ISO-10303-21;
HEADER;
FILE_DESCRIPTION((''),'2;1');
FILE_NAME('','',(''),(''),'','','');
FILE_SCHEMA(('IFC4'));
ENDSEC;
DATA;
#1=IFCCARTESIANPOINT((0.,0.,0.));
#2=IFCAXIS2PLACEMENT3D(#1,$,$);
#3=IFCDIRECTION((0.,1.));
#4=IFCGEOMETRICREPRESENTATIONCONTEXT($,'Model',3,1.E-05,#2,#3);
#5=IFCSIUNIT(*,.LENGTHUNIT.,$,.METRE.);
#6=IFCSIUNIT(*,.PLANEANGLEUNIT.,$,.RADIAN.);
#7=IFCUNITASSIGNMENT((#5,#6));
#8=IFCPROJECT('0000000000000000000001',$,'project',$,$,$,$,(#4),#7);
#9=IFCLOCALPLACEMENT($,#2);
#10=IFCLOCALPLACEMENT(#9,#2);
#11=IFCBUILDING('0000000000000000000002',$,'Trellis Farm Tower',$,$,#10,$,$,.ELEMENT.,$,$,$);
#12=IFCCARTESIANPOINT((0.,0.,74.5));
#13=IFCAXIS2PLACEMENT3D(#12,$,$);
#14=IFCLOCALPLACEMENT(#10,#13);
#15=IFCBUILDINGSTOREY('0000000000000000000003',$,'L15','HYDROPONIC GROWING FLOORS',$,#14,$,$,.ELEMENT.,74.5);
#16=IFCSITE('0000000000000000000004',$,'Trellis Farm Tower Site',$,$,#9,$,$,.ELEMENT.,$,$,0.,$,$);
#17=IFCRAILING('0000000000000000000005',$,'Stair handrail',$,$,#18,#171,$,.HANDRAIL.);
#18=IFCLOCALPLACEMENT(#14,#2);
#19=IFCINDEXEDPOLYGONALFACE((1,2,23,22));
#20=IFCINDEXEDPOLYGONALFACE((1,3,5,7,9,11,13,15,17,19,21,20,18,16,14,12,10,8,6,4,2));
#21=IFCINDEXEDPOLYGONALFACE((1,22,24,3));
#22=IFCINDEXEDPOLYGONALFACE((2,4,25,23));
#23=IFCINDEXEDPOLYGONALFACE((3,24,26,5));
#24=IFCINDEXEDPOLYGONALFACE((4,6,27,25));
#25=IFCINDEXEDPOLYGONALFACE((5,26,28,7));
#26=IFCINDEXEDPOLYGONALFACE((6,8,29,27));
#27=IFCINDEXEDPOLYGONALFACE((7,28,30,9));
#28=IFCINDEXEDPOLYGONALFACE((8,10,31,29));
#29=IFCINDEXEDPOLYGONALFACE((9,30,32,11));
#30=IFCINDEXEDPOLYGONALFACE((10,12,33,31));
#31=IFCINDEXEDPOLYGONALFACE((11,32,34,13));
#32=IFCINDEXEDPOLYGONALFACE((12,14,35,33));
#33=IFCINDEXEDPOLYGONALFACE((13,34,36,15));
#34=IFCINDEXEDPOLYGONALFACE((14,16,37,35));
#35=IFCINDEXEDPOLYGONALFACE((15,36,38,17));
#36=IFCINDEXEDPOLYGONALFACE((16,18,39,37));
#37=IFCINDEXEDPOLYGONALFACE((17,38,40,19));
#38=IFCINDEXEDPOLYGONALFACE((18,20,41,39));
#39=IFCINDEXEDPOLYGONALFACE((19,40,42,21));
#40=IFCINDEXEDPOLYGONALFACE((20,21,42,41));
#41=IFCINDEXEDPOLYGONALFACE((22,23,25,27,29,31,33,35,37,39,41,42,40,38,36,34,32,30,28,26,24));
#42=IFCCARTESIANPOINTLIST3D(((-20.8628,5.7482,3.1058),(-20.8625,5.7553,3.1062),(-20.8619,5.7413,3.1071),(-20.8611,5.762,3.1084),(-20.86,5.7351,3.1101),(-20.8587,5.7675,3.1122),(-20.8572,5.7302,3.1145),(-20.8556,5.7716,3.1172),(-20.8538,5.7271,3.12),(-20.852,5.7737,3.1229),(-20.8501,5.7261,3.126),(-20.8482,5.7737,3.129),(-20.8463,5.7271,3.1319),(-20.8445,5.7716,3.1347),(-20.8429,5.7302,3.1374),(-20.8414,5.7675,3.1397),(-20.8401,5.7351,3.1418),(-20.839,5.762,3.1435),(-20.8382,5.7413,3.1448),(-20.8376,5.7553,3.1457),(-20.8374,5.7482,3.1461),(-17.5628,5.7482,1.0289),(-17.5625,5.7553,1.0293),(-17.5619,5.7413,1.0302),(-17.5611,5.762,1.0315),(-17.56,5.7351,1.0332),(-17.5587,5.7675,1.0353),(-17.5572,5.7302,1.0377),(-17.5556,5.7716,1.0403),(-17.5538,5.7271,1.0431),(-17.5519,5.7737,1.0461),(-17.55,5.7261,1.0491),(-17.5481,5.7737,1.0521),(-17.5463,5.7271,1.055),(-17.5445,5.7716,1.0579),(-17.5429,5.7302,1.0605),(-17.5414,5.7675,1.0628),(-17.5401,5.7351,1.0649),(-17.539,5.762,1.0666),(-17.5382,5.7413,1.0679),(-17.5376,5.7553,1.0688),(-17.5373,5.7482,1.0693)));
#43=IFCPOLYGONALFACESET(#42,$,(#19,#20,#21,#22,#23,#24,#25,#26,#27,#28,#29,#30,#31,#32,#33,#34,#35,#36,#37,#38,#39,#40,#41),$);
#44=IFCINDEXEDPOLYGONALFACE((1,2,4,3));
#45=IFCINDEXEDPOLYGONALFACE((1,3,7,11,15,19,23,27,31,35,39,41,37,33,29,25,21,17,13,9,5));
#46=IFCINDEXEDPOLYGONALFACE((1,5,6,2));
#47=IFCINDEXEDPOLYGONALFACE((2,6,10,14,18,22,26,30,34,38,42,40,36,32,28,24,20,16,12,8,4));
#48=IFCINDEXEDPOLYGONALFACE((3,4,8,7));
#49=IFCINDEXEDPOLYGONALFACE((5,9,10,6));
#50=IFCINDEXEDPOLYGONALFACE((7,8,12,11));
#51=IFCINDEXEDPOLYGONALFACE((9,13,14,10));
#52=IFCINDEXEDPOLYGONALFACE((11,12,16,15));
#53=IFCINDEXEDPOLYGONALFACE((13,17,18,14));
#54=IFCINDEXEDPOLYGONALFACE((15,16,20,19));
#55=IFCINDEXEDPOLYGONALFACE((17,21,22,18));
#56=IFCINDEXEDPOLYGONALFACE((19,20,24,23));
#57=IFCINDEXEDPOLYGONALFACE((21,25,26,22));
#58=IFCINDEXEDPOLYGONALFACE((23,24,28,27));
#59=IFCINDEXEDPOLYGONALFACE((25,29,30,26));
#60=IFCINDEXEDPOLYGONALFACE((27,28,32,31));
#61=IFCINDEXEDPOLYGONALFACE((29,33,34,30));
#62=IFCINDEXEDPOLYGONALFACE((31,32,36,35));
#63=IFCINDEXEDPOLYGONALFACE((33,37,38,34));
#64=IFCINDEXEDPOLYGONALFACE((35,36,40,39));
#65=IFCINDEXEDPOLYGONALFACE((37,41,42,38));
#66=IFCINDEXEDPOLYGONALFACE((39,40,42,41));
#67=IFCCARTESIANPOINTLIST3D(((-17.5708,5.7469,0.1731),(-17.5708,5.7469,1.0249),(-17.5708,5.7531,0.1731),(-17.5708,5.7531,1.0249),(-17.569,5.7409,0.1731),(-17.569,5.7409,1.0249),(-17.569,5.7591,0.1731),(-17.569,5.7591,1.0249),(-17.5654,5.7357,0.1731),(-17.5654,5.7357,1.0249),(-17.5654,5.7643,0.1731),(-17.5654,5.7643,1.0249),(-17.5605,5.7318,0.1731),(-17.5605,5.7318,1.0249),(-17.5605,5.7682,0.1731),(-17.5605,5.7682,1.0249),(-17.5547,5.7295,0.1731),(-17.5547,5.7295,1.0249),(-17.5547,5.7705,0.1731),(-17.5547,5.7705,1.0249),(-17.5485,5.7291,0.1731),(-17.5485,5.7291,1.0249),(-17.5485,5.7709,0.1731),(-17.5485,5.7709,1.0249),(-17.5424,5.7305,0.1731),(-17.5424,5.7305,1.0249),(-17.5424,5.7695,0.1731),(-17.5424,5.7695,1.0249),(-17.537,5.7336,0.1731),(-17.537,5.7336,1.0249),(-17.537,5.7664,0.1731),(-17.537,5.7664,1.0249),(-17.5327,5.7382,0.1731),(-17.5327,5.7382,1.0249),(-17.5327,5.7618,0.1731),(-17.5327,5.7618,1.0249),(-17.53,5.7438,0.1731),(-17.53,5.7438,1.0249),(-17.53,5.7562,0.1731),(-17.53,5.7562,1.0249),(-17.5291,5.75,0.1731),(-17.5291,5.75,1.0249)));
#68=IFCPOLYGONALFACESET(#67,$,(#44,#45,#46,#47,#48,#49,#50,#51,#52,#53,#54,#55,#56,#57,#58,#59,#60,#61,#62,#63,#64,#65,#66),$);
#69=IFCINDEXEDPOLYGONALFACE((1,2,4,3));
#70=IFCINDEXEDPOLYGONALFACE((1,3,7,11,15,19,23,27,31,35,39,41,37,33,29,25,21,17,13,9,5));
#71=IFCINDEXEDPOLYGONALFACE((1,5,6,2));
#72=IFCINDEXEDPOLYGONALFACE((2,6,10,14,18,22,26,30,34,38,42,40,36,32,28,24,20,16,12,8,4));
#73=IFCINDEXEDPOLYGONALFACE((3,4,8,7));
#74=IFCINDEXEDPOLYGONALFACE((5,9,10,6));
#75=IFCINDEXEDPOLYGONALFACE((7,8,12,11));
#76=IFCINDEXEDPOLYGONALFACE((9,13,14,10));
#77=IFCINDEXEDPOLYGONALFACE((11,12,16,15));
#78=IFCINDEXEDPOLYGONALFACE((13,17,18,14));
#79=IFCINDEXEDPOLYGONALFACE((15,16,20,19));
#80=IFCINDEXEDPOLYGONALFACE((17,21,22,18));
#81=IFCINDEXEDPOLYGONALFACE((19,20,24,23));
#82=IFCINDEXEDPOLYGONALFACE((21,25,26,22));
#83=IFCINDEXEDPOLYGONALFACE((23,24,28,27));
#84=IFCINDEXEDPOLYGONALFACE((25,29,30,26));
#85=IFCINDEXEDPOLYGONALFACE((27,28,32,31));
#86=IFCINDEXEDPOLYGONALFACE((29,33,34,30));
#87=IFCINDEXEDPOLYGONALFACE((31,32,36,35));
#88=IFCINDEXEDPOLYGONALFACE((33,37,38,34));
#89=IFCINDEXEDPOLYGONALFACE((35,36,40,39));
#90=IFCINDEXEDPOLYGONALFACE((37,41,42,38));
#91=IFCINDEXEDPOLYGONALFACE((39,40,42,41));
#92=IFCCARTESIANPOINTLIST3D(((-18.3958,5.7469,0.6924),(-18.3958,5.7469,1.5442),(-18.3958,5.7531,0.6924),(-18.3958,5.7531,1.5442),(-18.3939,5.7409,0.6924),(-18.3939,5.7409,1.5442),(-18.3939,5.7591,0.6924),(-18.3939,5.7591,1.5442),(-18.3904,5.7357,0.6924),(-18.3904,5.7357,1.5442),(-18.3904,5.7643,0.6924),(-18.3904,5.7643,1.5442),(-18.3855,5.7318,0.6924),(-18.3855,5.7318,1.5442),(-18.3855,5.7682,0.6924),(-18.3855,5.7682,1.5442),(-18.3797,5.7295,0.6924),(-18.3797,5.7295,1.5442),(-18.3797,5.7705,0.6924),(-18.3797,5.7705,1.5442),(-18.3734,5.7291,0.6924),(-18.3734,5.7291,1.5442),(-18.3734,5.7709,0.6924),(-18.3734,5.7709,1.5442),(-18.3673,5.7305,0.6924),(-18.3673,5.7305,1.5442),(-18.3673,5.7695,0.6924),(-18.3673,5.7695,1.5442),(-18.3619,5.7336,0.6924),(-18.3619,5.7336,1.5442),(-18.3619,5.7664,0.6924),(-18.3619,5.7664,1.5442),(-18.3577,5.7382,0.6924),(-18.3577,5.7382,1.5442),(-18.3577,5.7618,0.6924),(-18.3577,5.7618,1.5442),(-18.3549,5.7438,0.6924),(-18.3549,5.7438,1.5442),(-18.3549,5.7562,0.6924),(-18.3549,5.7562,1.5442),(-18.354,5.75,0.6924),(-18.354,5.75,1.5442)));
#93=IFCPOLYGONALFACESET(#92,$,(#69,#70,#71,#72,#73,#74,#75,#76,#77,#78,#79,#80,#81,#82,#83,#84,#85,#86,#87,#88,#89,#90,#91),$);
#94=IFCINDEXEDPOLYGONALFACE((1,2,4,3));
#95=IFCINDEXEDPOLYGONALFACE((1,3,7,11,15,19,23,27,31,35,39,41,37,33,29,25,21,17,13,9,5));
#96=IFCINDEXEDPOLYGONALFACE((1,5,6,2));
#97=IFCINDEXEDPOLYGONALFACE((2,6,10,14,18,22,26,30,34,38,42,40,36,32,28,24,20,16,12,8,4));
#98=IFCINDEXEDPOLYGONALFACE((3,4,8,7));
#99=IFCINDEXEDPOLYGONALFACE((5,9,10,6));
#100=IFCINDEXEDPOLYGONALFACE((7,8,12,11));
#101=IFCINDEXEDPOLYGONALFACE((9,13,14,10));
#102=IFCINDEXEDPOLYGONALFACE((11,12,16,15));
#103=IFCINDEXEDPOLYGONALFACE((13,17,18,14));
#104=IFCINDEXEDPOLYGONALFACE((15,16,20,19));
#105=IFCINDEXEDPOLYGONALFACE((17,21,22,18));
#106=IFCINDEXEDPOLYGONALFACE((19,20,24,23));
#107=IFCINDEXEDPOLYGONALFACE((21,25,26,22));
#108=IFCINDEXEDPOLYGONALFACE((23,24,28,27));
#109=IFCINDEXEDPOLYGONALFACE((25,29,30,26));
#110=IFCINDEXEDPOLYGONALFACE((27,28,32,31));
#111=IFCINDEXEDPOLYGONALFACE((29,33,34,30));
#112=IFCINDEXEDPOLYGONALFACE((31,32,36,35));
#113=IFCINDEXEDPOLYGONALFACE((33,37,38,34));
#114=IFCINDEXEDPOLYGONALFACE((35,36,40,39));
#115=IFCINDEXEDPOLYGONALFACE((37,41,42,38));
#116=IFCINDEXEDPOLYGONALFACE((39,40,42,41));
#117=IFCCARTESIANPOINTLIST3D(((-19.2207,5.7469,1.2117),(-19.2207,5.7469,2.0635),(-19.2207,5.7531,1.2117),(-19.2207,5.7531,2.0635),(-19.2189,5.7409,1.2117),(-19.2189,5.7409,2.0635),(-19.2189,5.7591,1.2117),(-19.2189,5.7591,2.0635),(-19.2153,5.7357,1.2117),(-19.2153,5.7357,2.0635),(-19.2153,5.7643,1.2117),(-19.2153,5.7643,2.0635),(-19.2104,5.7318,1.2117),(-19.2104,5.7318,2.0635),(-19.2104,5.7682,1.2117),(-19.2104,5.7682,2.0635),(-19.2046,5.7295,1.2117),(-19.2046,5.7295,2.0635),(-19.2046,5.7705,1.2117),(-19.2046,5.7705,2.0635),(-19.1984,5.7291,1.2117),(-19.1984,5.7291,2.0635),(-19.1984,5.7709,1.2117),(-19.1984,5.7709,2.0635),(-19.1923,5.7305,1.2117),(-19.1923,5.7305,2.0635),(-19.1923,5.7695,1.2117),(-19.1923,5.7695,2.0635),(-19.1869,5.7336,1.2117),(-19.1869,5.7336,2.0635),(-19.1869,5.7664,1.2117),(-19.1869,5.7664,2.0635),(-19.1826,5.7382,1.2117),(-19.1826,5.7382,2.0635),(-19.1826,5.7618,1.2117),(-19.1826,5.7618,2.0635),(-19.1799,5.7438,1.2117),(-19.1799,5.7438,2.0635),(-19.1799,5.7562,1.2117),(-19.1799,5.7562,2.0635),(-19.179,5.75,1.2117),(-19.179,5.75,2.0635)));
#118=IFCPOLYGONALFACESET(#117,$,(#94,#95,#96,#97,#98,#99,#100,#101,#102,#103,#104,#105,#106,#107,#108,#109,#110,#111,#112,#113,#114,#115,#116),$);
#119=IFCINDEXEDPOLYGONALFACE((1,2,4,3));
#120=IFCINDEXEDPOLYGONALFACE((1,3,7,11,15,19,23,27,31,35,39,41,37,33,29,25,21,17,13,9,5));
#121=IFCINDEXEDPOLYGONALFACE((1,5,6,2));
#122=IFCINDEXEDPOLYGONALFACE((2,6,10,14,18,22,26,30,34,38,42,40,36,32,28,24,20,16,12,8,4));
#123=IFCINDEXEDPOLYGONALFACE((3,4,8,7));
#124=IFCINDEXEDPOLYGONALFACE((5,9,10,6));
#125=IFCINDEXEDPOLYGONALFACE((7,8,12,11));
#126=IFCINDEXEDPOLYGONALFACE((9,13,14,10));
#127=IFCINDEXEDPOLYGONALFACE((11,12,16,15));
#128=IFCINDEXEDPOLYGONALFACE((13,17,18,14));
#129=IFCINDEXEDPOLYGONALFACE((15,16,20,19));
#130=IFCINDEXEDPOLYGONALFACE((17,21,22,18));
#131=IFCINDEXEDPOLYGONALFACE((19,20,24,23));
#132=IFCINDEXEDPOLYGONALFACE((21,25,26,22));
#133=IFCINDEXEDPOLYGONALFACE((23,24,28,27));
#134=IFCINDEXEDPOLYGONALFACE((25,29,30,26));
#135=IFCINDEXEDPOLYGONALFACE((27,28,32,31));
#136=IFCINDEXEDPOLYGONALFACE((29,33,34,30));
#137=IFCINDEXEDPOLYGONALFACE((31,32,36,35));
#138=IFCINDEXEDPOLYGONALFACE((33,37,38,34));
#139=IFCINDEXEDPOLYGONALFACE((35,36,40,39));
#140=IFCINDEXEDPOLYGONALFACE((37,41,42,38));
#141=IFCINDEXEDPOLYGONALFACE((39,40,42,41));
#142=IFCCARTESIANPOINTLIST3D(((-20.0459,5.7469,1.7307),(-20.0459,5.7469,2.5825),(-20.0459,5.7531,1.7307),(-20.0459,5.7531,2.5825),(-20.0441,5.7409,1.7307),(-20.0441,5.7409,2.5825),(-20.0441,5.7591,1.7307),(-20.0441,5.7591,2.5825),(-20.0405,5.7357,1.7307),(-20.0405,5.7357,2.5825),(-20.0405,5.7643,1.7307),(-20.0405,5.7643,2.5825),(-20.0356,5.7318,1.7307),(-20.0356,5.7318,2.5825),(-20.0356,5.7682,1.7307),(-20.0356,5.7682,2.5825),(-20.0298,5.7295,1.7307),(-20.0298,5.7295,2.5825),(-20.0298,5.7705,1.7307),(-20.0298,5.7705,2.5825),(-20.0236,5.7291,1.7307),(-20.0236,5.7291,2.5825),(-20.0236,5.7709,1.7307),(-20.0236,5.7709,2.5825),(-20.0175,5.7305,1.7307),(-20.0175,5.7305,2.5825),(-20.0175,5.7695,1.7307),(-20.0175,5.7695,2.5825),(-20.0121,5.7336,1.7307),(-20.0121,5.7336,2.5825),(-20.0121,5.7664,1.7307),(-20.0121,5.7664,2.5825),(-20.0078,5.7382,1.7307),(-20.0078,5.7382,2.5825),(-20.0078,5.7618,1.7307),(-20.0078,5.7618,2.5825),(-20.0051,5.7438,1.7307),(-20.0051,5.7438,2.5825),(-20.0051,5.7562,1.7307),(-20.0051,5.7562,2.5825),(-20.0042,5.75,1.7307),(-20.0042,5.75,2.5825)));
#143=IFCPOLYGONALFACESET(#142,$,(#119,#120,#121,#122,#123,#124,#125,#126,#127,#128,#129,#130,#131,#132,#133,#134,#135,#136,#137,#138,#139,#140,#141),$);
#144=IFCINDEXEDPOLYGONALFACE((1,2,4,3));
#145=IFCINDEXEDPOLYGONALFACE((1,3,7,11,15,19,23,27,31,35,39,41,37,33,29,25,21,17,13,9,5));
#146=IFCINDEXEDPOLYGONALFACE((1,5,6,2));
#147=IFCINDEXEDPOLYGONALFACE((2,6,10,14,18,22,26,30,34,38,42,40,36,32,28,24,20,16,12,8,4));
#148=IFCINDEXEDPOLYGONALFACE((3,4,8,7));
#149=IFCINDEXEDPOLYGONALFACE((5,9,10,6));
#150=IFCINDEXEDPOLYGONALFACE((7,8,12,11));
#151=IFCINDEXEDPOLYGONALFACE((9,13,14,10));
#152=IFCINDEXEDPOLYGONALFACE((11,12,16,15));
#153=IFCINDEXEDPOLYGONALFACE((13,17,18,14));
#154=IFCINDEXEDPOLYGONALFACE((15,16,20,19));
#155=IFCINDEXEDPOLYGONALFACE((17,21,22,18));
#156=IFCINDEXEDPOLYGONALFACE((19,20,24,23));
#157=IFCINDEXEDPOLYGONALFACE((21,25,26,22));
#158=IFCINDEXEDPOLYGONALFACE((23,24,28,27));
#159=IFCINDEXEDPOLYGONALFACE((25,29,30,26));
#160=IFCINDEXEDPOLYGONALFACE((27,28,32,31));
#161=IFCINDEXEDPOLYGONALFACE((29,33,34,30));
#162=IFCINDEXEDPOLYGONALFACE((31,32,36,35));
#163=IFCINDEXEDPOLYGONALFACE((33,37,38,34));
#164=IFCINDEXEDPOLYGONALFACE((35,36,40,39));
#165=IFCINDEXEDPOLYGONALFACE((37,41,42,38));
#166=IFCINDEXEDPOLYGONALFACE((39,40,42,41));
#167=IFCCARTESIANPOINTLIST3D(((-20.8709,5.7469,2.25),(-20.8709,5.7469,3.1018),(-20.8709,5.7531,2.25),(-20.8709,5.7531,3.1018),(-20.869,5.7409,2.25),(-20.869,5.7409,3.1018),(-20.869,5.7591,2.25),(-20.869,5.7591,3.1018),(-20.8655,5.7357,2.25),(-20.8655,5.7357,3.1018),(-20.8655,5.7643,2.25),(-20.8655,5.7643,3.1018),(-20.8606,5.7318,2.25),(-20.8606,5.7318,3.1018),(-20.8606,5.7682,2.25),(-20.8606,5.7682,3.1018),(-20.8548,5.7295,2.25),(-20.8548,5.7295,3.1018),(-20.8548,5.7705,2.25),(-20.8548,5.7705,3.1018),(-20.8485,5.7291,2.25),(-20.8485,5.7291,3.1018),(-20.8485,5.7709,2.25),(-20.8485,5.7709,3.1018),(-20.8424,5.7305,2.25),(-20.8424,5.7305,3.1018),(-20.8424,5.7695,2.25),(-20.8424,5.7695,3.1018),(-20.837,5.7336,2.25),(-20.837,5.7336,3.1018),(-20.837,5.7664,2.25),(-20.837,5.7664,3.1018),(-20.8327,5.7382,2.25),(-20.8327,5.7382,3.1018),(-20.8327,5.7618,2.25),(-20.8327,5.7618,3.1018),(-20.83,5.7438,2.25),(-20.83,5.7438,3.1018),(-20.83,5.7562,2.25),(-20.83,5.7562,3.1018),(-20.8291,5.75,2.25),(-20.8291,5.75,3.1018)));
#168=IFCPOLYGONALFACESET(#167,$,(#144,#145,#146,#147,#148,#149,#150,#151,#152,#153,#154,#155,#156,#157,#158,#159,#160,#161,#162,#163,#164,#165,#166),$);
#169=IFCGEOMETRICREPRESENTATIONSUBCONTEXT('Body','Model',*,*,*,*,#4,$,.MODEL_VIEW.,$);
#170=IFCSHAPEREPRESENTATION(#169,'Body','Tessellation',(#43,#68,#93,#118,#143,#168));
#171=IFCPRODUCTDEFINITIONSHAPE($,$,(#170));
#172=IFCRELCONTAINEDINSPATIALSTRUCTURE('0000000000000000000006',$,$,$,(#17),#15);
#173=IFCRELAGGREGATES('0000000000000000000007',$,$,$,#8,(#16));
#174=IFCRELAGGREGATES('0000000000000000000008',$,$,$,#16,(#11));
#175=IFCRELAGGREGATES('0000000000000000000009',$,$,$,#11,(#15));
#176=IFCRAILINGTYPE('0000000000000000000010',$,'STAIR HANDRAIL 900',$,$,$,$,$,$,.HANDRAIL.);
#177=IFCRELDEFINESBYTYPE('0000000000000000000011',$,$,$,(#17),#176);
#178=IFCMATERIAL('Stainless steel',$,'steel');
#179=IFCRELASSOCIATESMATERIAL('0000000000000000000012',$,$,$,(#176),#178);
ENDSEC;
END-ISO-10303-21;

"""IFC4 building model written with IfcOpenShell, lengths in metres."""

from ifc_helpers import new_model, si_unit, direction, frame, origin, origin_2d, place, context, subcontext, project, spatial, circle, extrude, source, transform, mapped, material, type_object, element, save


model = new_model("IFC4")

# Units and contexts
model_context = context("Model", 3, precision=1e-05, world=origin(), true_north=direction((0.0, 1.0)))
body_context = subcontext(model_context, "Body", "Model", "MODEL_VIEW")
ifc_project = project(units=[si_unit("LENGTHUNIT", "METRE"), si_unit("PLANEANGLEUNIT", "RADIAN")], contexts=[model_context])

# Site, building, storey
site_placement = place(None, origin())
site = spatial("IfcSite", under=ifc_project, at=site_placement, Name="Trellis Farm Tower Site", CompositionType="ELEMENT", RefElevation=0.0)
building_placement = place(site_placement, origin())
building = spatial("IfcBuilding", under=site, at=building_placement, Name="Trellis Farm Tower", CompositionType="ELEMENT")
storey_placement = place(building_placement, frame((0.0, 0.0, 74.5)))
storey = spatial("IfcBuildingStorey", under=building, at=storey_placement, Name="L15", Description="HYDROPONIC GROWING FLOORS", CompositionType="ELEMENT", Elevation=74.5)

# Railing
ifc_material_1 = material(Name="Stainless steel", Category="steel")
railing_type = type_object("IfcRailingType", Name="STAIR HANDRAIL 900", PredefinedType="HANDRAIL", material=ifc_material_1)
shared_shape_1 = source(origin(), body_context, "Body", "SweptSolid", [
    extrude(circle(Radius=0.0239, at=origin_2d()), frame((0.0, 0.0, 0.876), z_axis=(-0.846337, 0.0, 0.532647), x_axis=(0.0, -1.0, 0.0)), (0.0, 0.0, 1.0), 3.8992),
    extrude(circle(Radius=0.021, at=origin_2d()), origin(), (0.0, 0.0, 1.0), 0.8518),
    extrude(circle(Radius=0.021, at=origin_2d()), frame((-0.825, 0.0, 0.5193)), (0.0, 0.0, 1.0), 0.8518),
    extrude(circle(Radius=0.021, at=origin_2d()), frame((-1.6499, 0.0, 1.0386)), (0.0, 0.0, 1.0), 0.8518),
    extrude(circle(Radius=0.021, at=origin_2d()), frame((-2.4751, 0.0, 1.5576)), (0.0, 0.0, 1.0), 0.8518),
    extrude(circle(Radius=0.021, at=origin_2d()), frame((-3.3, 0.0, 2.0769)), (0.0, 0.0, 1.0), 0.8518),
])
for number, where, name in (
    (1, (-17.55, 5.75, 0.1731), "Stair handrail"),
):
    element("IfcRailing", number, at=place(storey_placement, frame(where)), inside=storey, type_object=railing_type, Name=name, PredefinedType="HANDRAIL", context=body_context, shape_type="MappedRepresentation", body=[
        mapped(shared_shape_1, transform((0.0, 0.0, 0.0))),
    ])

save(model, "model.ifc")
